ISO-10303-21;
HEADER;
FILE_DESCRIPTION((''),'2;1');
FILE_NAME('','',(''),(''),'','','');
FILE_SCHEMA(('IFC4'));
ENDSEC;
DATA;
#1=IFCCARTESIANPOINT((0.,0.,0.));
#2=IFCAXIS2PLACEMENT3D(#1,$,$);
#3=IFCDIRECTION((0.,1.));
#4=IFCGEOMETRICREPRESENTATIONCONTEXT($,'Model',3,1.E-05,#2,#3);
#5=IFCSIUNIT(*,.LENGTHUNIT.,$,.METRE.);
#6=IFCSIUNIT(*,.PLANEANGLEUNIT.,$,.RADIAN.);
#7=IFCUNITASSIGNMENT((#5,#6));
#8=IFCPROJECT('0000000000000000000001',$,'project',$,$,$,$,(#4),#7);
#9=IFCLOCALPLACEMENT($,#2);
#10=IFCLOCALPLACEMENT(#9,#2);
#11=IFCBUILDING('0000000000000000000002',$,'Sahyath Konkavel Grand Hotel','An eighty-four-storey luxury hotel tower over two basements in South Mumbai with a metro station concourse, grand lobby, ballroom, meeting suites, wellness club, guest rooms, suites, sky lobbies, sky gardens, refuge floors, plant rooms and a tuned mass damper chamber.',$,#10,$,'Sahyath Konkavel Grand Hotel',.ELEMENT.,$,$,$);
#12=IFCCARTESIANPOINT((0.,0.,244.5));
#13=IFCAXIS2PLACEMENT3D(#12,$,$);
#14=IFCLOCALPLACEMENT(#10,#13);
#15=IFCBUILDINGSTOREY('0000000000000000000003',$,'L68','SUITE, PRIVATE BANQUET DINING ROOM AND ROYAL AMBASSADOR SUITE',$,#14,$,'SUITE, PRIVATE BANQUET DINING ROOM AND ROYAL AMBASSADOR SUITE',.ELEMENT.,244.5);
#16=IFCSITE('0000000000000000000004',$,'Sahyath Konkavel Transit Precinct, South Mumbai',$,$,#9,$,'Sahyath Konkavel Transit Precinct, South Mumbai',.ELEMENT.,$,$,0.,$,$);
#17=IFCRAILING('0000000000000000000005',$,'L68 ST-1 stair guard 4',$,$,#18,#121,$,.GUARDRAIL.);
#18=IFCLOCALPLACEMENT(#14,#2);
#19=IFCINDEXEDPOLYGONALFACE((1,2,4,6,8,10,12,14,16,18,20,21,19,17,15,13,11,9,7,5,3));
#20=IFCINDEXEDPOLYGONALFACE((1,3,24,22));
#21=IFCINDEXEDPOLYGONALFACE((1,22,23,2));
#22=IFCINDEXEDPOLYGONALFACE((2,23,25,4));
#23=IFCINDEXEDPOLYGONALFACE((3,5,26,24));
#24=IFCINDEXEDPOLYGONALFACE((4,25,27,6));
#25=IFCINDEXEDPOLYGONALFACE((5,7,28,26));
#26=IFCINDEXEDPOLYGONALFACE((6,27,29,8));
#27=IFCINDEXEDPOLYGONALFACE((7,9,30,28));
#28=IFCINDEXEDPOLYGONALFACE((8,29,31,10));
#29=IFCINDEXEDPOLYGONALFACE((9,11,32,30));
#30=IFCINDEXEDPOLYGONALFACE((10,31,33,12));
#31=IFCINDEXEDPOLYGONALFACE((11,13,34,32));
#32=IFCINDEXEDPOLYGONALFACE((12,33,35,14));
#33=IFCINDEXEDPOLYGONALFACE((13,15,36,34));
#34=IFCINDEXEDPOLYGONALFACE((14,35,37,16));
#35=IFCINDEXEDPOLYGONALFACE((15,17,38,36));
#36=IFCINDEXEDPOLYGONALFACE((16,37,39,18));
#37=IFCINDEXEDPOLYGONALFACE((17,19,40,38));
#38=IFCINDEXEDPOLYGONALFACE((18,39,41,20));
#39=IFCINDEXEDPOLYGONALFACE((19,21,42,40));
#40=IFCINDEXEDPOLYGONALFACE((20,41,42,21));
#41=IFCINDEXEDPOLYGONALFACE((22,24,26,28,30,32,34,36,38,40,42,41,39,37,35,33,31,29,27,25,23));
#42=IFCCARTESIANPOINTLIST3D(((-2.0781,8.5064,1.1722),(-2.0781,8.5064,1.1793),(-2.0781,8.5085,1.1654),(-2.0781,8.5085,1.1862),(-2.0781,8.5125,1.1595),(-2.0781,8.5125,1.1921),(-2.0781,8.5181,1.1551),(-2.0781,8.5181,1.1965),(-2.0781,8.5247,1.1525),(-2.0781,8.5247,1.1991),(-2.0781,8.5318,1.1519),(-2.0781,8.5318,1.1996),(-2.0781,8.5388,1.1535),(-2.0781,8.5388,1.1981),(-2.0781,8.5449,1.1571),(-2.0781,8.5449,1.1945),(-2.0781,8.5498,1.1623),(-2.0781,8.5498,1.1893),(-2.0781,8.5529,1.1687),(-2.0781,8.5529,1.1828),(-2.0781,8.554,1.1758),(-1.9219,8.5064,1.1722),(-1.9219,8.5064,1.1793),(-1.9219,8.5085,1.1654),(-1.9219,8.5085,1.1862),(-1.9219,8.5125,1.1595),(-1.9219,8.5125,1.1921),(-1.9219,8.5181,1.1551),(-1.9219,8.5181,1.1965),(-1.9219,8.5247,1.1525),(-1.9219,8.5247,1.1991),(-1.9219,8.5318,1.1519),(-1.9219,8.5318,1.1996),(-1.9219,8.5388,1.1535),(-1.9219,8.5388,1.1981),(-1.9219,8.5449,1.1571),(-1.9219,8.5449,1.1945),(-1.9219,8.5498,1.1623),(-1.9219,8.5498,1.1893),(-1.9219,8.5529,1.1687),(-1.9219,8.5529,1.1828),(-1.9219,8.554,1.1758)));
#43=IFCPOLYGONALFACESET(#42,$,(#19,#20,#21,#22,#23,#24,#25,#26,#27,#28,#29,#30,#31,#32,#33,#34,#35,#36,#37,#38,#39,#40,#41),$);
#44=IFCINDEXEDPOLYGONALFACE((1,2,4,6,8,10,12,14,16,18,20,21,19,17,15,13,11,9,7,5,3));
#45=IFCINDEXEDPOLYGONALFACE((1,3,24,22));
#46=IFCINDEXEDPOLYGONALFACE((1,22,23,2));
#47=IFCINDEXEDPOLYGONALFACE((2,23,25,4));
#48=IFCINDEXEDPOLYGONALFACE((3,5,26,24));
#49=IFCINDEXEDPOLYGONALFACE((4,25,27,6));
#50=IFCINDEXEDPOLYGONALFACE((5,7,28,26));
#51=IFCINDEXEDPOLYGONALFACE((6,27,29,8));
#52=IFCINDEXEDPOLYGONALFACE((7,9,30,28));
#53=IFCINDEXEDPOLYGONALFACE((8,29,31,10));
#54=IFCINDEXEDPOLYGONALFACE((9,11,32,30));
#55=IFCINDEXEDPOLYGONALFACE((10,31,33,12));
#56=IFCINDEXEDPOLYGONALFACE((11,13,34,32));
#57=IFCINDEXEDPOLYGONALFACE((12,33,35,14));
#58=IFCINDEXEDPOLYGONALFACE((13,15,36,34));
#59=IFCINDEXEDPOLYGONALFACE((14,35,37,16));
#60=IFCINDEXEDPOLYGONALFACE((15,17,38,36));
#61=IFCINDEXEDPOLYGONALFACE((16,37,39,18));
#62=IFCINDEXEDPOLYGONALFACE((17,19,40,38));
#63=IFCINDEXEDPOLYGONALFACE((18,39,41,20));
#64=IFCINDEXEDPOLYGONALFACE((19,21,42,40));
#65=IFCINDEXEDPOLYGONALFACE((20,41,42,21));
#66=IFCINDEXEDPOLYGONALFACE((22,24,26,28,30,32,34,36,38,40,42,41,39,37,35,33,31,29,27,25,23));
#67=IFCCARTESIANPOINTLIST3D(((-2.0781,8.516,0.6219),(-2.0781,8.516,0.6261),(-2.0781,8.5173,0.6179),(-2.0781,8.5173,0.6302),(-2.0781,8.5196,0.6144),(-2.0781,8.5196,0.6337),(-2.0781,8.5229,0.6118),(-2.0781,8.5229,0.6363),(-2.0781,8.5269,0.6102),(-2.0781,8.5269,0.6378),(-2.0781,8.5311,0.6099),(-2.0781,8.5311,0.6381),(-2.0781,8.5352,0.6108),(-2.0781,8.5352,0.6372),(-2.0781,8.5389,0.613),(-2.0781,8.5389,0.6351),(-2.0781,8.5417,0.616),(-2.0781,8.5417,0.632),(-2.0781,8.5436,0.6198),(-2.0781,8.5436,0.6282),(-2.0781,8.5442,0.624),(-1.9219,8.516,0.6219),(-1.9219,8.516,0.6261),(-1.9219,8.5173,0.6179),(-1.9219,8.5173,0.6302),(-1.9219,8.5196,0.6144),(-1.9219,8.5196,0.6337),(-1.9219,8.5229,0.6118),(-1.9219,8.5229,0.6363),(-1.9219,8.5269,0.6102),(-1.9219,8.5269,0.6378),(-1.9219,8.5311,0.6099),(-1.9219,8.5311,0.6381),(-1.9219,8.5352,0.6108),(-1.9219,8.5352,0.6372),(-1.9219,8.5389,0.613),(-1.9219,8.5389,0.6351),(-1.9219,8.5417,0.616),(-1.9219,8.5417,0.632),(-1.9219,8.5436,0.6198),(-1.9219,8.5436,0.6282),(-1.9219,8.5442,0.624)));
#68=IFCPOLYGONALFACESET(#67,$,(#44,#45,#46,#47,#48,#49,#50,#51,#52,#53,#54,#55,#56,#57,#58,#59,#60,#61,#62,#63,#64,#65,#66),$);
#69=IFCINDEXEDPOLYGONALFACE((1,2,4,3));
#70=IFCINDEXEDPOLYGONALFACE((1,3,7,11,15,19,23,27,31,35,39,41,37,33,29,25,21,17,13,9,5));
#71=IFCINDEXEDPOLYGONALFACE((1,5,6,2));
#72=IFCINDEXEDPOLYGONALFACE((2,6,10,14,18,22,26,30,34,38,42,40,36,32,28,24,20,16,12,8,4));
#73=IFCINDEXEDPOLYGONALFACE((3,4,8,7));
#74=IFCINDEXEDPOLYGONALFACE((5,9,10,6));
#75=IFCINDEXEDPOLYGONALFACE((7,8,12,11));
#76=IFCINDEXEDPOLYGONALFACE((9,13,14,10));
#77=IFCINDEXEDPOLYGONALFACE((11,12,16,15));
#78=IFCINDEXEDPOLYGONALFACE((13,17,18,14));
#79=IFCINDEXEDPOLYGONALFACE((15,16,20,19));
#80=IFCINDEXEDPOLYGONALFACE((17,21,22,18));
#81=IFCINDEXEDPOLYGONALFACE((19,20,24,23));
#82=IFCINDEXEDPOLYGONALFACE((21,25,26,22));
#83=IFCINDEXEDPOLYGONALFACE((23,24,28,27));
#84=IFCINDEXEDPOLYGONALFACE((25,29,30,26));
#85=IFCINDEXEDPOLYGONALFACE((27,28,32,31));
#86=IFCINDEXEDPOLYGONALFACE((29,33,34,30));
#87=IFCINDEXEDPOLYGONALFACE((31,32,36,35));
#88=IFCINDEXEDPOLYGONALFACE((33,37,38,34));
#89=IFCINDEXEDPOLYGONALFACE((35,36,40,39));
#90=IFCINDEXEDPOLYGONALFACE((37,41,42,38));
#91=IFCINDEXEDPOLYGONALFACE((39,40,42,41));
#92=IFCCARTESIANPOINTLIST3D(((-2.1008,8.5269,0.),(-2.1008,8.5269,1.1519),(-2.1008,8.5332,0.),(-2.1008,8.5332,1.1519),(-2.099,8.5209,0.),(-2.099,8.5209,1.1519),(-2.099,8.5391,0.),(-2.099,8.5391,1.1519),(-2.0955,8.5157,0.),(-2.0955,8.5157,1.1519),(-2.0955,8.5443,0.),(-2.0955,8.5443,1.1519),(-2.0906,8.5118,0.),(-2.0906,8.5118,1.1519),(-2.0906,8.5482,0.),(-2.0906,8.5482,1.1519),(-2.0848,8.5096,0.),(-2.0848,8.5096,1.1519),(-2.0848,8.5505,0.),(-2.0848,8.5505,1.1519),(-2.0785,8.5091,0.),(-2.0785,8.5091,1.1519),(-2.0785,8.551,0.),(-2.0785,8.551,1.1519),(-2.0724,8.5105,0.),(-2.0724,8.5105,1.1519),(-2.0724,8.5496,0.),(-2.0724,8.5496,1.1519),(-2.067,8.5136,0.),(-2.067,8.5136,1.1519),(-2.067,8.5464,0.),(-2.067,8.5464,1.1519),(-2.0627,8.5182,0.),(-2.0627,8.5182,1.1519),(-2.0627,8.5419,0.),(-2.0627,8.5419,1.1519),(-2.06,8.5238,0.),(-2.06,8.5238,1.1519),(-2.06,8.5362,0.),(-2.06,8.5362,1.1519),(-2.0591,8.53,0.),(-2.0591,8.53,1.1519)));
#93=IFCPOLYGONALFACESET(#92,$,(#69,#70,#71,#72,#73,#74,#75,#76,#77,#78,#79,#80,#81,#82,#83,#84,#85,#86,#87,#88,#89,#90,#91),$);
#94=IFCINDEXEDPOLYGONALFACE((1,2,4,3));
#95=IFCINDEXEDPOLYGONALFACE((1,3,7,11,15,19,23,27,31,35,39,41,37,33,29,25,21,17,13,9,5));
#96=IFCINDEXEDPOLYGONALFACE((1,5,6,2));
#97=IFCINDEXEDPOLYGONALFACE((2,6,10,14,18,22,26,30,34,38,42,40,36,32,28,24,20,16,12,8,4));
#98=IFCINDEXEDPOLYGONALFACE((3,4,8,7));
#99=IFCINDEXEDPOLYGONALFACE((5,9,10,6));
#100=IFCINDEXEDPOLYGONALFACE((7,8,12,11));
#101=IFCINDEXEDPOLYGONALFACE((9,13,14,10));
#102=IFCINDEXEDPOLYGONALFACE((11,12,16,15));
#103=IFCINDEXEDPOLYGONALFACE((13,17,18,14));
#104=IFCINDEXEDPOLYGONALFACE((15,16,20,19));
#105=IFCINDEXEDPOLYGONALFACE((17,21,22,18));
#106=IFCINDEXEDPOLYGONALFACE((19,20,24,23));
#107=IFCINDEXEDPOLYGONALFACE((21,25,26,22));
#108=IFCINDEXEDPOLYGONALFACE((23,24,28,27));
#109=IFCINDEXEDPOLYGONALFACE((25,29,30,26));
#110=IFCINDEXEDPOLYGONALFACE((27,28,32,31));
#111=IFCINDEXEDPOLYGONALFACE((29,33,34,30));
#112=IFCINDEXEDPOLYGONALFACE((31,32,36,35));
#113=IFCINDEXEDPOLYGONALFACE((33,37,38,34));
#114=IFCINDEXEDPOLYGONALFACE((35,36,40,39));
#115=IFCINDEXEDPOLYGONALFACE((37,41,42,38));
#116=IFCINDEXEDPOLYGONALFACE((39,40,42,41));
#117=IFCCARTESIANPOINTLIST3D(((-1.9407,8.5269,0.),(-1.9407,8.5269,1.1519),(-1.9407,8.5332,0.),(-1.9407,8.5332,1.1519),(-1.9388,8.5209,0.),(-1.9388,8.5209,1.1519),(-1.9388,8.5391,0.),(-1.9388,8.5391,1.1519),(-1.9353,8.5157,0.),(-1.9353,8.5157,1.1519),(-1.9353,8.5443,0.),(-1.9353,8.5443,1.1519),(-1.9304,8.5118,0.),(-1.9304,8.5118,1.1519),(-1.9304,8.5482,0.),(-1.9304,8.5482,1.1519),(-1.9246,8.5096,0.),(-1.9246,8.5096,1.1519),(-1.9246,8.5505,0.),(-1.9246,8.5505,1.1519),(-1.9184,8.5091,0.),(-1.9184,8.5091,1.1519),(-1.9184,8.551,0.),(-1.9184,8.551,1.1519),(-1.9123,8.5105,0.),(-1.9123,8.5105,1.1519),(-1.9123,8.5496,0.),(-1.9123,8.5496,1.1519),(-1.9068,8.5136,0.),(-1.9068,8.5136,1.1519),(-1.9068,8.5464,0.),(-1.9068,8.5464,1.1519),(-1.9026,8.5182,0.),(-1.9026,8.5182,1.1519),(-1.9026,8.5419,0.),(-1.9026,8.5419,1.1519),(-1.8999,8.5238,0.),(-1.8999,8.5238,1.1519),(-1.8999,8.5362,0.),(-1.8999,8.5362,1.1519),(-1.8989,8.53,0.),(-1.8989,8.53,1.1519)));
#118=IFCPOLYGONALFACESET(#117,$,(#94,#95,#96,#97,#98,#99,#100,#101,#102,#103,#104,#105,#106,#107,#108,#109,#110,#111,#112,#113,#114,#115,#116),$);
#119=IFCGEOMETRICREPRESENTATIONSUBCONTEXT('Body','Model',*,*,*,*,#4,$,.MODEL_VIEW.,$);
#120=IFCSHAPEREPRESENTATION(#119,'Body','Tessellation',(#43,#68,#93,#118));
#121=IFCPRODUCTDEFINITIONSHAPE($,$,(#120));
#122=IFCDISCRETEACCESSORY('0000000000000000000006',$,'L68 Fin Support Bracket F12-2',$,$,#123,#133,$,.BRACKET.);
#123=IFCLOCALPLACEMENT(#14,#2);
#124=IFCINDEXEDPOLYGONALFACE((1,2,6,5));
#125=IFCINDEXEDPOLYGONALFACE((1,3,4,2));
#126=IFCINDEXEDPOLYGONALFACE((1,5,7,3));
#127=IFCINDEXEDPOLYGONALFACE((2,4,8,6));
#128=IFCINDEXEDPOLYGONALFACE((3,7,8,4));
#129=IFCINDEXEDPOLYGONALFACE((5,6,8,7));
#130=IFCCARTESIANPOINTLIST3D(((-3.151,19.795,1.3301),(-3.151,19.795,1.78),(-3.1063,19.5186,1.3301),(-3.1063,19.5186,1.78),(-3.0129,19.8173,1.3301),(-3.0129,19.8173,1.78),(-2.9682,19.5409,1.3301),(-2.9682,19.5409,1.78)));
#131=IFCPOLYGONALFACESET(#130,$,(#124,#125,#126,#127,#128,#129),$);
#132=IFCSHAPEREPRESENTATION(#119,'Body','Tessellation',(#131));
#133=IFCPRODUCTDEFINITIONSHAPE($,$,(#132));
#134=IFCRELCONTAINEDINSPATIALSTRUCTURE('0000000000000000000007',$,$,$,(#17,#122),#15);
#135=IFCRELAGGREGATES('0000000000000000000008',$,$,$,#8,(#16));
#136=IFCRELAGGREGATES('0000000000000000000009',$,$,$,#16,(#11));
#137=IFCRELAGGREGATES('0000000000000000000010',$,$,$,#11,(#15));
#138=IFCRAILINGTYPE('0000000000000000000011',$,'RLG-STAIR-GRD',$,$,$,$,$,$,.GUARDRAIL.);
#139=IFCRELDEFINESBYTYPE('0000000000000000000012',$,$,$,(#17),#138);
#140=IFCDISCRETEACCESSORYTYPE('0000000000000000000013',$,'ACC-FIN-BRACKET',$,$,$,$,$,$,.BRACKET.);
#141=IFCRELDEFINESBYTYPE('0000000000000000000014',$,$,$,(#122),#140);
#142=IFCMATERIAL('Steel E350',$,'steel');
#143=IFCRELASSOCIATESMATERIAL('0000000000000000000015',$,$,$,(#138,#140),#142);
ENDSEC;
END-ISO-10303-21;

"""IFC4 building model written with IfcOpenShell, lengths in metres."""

from ifc_helpers import new_model, si_unit, direction, frame, origin, origin_2d, place, context, subcontext, project, spatial, rectangle, circle, extrude, source, transform, mapped, material, type_object, element, save


model = new_model("IFC4")

# Units and contexts
model_context = context("Model", 3, precision=1e-05, world=origin(), true_north=direction((0.0, 1.0)))
body_context = subcontext(model_context, "Body", "Model", "MODEL_VIEW")
ifc_project = project(units=[si_unit("LENGTHUNIT", "METRE"), si_unit("PLANEANGLEUNIT", "RADIAN")], contexts=[model_context])

# Site, building, storey
site_placement = place(None, origin())
site = spatial("IfcSite", under=ifc_project, at=site_placement, Name="Sahyath Konkavel Transit Precinct, South Mumbai", LongName="Sahyath Konkavel Transit Precinct, South Mumbai", CompositionType="ELEMENT", RefElevation=0.0)
building_placement = place(site_placement, origin())
building = spatial("IfcBuilding", under=site, at=building_placement, Name="Sahyath Konkavel Grand Hotel", Description="An eighty-four-storey luxury hotel tower over two basements in South Mumbai with a metro station concourse, grand lobby, ballroom, meeting suites, wellness club, guest rooms, suites, sky lobbies, sky gardens, refuge floors, plant rooms and a tuned mass damper chamber.", LongName="Sahyath Konkavel Grand Hotel", CompositionType="ELEMENT")
storey_placement = place(building_placement, frame((0.0, 0.0, 244.5)))
storey = spatial("IfcBuildingStorey", under=building, at=storey_placement, Name="L68", Description="SUITE, PRIVATE BANQUET DINING ROOM AND ROYAL AMBASSADOR SUITE", LongName="SUITE, PRIVATE BANQUET DINING ROOM AND ROYAL AMBASSADOR SUITE", CompositionType="ELEMENT", Elevation=244.5)

# Shared definitions
ifc_material_1 = material(Name="Steel E350", Category="steel")

# Railing
railing_type = type_object("IfcRailingType", Name="RLG-STAIR-GRD", PredefinedType="GUARDRAIL", material=ifc_material_1)
railing_1_placement = place(storey_placement, frame((-2.0801, 8.53, 0.0)))
element("IfcRailing", 1, at=railing_1_placement, inside=storey, type_object=railing_type, Name="L68 ST-1 stair guard 4", PredefinedType="GUARDRAIL", context=body_context, shape_type="SweptSolid", body=[
    extrude(circle(Radius=0.0239, at=origin_2d()), frame((0.002, 0.0, 1.1758), z_axis=(1.0, 0.0, 0.0), x_axis=(0.0, 1.0, 0.0)), (0.0, 0.0, 1.0), 0.1562),
    extrude(circle(Radius=0.0142, at=origin_2d()), frame((0.002, 0.0, 0.624), z_axis=(1.0, 0.0, 0.0), x_axis=(0.0, 1.0, 0.0)), (0.0, 0.0, 1.0), 0.1562),
    extrude(circle(Radius=0.021, at=origin_2d()), origin(), (0.0, 0.0, 1.0), 1.1519),
    extrude(circle(Radius=0.021, at=origin_2d()), frame((0.1602, 0.0, 0.0)), (0.0, 0.0, 1.0), 1.1519),
])

# Discrete accessory
discrete_accessory_type = type_object("IfcDiscreteAccessoryType", Name="ACC-FIN-BRACKET", PredefinedType="BRACKET", material=ifc_material_1)
shared_shape_1 = source(origin(), body_context, "Body", "SweptSolid", [
    extrude(rectangle(XDim=0.28, YDim=0.1399, at=origin_2d()), origin(), (0.0, 0.0, 1.0), 0.45),
])
discrete_accessory_placement = place(storey_placement, frame((-3.0596, 19.668, 1.3301), z_axis=(0.0, 0.0, 1.0), x_axis=(-0.159502, 0.987198, 0.0)))
element("IfcDiscreteAccessory", 2, at=discrete_accessory_placement, inside=storey, type_object=discrete_accessory_type, Name="L68 Fin Support Bracket F12-2", PredefinedType="BRACKET", context=body_context, shape_type="MappedRepresentation", body=[
    mapped(shared_shape_1, transform((0.0, 0.0, 0.0), scale=1.0)),
])

save(model, "model.ifc")
